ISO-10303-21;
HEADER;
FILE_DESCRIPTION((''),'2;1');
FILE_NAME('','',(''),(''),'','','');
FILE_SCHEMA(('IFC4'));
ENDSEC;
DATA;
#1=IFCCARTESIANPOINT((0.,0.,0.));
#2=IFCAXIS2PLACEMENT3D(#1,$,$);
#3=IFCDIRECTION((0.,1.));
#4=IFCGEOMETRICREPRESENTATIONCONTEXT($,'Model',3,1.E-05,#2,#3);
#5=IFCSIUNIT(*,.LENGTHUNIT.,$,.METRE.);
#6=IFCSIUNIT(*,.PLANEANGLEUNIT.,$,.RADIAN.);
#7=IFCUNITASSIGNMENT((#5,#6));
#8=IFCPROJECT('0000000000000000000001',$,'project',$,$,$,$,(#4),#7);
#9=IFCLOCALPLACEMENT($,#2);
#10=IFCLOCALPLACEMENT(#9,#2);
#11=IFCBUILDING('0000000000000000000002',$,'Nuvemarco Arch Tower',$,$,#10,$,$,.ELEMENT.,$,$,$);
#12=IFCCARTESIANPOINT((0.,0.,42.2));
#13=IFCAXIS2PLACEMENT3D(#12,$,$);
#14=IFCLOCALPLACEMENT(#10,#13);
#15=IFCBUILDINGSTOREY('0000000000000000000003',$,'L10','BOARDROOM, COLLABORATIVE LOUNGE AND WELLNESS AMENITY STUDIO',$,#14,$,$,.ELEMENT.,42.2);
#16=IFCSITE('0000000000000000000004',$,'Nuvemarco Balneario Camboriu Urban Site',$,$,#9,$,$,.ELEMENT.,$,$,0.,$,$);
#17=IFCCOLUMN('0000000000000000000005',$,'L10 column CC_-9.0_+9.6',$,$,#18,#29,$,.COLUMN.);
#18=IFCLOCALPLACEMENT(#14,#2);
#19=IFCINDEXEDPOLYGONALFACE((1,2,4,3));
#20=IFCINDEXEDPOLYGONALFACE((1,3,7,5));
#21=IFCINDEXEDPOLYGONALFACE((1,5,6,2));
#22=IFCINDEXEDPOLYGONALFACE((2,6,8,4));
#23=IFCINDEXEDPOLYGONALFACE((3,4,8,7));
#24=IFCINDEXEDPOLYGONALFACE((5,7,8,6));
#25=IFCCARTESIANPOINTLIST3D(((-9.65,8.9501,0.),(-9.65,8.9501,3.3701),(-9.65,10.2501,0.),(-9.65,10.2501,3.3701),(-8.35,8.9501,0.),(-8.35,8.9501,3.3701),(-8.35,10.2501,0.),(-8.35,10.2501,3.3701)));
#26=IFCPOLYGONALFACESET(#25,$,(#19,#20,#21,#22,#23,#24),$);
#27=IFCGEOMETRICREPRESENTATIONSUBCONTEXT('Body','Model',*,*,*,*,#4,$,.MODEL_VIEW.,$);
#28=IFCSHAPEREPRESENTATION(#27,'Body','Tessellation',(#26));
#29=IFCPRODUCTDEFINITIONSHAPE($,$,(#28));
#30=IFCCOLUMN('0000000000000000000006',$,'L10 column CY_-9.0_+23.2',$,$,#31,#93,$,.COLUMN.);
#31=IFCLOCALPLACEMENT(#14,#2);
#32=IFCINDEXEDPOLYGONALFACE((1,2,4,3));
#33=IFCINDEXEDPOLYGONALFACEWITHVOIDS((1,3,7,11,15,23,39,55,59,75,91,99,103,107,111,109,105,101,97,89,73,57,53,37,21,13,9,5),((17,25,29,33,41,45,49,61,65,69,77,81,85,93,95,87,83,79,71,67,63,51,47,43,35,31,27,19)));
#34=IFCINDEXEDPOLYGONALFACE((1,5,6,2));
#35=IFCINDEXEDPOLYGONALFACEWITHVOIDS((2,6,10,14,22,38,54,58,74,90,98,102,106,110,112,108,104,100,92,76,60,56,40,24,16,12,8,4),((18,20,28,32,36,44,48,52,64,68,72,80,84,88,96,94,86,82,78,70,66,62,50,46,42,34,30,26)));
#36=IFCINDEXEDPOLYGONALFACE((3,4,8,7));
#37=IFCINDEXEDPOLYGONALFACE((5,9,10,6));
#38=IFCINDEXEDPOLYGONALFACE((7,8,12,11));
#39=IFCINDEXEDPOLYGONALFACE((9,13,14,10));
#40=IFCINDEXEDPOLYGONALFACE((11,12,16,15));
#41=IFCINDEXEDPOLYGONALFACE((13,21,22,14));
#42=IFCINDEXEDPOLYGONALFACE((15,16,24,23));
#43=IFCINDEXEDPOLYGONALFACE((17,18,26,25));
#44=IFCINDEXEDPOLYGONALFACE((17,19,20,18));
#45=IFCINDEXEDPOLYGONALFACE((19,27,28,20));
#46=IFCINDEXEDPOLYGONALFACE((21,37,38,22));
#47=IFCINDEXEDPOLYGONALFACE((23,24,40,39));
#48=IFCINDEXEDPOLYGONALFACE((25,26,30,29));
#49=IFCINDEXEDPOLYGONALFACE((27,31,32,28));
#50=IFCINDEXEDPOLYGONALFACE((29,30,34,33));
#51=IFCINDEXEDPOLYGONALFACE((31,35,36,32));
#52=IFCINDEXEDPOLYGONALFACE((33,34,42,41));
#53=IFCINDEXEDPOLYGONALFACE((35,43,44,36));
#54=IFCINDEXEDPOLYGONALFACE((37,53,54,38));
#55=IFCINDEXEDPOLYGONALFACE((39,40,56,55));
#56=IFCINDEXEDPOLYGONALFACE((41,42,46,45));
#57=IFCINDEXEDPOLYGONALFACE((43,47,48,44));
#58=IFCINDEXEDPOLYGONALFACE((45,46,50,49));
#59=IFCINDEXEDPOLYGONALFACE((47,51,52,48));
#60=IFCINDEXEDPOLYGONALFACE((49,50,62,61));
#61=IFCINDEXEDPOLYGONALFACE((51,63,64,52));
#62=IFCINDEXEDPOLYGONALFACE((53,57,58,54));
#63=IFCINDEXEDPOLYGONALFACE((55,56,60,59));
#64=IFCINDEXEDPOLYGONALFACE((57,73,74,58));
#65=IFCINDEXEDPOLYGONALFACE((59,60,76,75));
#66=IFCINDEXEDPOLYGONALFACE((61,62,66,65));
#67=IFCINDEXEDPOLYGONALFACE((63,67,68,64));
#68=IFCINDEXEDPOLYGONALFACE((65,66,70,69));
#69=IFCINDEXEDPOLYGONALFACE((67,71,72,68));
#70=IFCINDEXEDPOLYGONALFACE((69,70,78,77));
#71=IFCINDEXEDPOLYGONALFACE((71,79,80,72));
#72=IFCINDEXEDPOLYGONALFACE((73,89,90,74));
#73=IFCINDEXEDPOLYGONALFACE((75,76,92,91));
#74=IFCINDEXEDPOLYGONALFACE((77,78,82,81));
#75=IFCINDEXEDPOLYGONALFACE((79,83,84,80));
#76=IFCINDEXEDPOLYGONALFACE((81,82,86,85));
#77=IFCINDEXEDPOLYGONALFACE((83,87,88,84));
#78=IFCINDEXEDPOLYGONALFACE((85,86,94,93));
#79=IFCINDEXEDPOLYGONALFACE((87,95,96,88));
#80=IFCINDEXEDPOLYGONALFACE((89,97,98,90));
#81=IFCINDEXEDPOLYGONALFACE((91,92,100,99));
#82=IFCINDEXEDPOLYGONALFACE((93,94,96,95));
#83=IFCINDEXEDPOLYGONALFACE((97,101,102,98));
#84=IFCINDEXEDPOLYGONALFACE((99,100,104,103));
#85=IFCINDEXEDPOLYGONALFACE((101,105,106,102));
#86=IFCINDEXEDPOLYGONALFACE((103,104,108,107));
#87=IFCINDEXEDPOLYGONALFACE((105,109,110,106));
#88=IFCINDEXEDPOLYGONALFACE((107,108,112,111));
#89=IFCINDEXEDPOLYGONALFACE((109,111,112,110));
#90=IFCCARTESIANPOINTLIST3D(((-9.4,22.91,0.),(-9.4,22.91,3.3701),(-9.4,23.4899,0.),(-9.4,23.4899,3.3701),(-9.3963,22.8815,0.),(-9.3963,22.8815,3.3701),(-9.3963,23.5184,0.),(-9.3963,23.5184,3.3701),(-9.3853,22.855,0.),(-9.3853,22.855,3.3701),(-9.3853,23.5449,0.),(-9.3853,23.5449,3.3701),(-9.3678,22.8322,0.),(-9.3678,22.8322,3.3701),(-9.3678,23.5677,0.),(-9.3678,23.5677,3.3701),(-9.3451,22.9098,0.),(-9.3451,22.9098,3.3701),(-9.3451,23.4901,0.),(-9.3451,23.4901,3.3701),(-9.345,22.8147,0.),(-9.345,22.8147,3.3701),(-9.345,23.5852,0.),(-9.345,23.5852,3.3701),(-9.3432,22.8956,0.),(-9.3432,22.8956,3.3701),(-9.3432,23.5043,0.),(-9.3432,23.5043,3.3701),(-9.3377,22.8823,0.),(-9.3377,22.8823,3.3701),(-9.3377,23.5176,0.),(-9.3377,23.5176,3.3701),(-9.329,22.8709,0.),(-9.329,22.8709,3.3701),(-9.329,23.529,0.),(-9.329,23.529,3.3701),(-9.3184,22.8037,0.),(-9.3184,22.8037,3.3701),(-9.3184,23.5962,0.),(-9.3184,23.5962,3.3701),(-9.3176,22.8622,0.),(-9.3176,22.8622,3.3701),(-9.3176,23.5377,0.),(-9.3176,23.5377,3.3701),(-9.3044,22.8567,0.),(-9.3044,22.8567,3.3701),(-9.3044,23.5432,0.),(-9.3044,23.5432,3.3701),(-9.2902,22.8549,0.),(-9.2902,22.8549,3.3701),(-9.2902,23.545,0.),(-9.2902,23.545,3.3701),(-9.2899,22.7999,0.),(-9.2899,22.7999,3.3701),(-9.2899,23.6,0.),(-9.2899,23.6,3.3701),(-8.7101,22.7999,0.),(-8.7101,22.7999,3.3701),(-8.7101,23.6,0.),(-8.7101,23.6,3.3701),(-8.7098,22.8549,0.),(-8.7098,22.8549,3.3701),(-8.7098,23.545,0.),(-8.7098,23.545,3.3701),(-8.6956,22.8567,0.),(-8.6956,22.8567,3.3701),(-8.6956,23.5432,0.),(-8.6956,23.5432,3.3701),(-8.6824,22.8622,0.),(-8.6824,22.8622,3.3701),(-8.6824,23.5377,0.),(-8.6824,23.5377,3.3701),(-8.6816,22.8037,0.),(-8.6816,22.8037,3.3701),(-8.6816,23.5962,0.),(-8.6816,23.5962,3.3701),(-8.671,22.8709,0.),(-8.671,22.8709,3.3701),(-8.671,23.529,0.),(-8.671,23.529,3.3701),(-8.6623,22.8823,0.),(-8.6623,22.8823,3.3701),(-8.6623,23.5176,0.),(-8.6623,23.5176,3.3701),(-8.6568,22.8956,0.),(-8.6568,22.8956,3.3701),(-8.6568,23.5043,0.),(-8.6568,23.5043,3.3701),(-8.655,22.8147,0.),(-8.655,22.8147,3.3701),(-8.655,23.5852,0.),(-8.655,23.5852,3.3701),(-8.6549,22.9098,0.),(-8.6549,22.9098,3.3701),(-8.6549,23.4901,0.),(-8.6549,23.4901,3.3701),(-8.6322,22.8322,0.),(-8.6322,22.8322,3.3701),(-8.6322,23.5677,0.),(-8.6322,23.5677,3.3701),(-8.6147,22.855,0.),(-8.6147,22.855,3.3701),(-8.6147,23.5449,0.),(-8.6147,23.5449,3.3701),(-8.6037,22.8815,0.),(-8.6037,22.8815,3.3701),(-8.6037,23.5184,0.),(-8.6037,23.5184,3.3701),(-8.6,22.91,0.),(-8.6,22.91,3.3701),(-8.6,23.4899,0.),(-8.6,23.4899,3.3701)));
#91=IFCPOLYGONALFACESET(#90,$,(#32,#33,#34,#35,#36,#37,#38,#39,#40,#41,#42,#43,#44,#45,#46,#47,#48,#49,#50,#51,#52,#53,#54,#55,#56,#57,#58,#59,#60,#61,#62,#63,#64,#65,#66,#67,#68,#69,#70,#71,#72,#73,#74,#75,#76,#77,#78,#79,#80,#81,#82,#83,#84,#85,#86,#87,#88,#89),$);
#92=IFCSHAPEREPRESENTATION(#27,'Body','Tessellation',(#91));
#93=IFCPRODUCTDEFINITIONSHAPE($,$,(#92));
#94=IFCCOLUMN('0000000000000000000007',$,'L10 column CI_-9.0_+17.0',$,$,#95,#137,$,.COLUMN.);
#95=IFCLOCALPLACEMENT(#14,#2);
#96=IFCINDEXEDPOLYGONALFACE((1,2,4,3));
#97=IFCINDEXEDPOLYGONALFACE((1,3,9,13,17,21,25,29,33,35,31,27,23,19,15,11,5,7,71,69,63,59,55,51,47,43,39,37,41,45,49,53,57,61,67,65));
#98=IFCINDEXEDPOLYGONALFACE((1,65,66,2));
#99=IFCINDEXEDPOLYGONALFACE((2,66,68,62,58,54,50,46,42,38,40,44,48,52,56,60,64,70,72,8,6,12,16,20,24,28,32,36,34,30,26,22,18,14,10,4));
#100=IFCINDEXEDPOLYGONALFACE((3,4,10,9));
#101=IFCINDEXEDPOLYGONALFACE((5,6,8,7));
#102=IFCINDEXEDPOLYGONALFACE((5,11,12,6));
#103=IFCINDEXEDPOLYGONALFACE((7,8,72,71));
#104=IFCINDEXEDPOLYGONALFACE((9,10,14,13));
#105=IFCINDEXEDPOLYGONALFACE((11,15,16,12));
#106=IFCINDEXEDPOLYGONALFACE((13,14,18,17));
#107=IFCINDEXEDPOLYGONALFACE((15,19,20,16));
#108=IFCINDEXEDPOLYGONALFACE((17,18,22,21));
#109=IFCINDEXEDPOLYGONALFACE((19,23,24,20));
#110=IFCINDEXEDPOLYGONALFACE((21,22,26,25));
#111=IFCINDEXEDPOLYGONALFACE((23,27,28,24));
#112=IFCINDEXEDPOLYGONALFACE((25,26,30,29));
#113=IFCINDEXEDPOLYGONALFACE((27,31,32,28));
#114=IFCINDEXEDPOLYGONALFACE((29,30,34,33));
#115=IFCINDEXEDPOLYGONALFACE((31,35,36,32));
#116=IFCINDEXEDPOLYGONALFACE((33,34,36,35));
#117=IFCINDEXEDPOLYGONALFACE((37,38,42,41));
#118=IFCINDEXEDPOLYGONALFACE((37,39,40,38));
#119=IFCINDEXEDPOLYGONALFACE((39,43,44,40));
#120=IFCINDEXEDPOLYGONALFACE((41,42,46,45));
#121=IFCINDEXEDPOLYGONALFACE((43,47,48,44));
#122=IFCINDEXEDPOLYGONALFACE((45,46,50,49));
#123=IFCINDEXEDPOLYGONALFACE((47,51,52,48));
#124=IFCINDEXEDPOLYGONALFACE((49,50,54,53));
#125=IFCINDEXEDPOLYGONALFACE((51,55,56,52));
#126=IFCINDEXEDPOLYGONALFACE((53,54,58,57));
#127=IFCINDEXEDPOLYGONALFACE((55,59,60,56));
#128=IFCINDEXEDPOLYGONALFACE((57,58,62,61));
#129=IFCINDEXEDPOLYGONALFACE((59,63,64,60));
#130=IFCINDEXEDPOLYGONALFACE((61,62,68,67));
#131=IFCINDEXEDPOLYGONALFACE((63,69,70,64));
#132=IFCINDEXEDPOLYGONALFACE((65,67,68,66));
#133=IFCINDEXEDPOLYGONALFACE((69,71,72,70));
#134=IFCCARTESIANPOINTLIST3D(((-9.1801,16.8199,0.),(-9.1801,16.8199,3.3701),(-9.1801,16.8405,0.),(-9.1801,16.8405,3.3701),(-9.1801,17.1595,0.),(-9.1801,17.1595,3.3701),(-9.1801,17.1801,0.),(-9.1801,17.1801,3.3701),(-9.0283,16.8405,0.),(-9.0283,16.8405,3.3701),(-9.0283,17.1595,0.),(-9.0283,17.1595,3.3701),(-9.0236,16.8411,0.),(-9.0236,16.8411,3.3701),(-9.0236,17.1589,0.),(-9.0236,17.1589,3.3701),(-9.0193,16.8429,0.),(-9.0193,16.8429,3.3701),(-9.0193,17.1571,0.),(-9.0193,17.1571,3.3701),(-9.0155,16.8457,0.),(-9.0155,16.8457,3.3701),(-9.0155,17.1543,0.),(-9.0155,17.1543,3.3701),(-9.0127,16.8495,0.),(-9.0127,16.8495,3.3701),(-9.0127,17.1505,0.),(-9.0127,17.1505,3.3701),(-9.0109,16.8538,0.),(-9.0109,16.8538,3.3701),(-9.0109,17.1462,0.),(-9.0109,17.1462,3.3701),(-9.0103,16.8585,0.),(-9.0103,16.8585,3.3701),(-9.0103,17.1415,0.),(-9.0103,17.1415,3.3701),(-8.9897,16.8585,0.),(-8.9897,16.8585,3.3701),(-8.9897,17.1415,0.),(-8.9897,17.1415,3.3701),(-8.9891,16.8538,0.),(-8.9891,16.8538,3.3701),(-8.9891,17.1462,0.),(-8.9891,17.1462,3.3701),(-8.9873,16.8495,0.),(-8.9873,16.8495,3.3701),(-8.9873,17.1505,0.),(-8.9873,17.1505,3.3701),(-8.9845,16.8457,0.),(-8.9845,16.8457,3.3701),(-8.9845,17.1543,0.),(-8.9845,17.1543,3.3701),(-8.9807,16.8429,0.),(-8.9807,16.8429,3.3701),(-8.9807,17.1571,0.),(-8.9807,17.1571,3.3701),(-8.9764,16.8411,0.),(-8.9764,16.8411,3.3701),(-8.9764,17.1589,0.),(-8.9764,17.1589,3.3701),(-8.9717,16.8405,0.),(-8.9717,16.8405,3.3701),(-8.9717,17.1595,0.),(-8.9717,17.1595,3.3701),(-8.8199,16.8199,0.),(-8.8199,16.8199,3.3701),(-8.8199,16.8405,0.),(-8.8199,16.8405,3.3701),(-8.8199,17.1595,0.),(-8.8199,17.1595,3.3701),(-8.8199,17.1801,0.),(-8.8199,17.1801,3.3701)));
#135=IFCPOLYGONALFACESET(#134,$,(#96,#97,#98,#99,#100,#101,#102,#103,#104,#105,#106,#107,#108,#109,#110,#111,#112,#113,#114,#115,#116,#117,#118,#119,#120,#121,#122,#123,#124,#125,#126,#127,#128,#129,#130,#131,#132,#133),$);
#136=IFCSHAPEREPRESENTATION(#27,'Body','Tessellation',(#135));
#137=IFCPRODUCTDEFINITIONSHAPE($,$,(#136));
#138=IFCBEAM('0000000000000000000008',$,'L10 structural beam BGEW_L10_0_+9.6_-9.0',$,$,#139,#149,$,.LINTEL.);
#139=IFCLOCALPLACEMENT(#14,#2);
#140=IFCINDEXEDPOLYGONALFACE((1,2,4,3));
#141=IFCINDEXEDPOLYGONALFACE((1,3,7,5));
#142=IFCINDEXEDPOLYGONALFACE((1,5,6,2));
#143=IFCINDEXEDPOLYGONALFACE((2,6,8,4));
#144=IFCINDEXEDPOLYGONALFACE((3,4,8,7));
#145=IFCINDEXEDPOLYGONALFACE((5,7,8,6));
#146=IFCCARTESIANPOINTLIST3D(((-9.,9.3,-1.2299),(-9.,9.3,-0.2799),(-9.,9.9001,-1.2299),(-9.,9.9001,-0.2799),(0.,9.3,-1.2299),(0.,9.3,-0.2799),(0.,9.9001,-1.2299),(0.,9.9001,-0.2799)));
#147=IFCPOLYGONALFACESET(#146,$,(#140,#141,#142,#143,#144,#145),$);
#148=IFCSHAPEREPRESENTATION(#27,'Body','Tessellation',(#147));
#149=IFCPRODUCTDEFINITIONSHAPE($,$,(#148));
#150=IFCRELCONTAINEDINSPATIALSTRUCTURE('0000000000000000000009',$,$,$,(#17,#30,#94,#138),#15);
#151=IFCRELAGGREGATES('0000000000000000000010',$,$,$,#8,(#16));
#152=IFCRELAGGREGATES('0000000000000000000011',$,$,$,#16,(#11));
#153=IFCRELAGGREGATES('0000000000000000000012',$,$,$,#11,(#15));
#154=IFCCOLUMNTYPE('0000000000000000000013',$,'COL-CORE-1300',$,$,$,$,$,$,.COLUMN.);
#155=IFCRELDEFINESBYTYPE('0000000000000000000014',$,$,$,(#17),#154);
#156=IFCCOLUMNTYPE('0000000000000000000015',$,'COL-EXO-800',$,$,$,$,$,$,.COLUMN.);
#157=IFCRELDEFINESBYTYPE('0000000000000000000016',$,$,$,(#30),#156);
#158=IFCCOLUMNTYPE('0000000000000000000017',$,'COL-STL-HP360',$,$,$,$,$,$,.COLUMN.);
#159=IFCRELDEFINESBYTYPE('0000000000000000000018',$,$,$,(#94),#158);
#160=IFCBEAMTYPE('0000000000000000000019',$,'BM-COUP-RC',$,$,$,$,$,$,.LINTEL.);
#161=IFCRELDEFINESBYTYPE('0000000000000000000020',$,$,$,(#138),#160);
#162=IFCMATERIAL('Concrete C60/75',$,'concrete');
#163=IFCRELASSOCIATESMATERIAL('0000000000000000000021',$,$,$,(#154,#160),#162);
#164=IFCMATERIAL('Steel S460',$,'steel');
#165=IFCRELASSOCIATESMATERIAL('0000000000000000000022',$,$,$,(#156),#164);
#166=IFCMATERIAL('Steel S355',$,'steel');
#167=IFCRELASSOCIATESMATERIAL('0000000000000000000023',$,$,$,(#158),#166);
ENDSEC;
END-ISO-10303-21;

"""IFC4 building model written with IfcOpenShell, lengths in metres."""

from ifc_helpers import new_model, si_unit, direction, frame, origin, origin_2d, place, context, subcontext, project, spatial, rectangle, hollow_rectangle, i_section, extrude, material, material_profile, profile_set, type_object, element, save


model = new_model("IFC4")

# Units and contexts
model_context = context("Model", 3, precision=1e-05, world=origin(), true_north=direction((0.0, 1.0)))
body_context = subcontext(model_context, "Body", "Model", "MODEL_VIEW")
ifc_project = project(units=[si_unit("LENGTHUNIT", "METRE"), si_unit("PLANEANGLEUNIT", "RADIAN")], contexts=[model_context])

# Site, building, storey
site_placement = place(None, origin())
site = spatial("IfcSite", under=ifc_project, at=site_placement, Name="Nuvemarco Balneario Camboriu Urban Site", CompositionType="ELEMENT", RefElevation=0.0)
building_placement = place(site_placement, origin())
building = spatial("IfcBuilding", under=site, at=building_placement, Name="Nuvemarco Arch Tower", CompositionType="ELEMENT")
storey_placement = place(building_placement, frame((0.0, 0.0, 42.2)))
storey = spatial("IfcBuildingStorey", under=building, at=storey_placement, Name="L10", Description="BOARDROOM, COLLABORATIVE LOUNGE AND WELLNESS AMENITY STUDIO", CompositionType="ELEMENT", Elevation=42.2)

# Columns
ifc_material_1 = material(Name="Concrete C60/75", Category="concrete")
ifc_material_profile_1 = material_profile(ifc_material_1, rectangle(XDim=1.3, YDim=1.3, at=origin_2d()), Name="RC-COL-1300x1300")
ifc_profile_set_1 = profile_set([ifc_material_profile_1], Name="Concrete C60/75")
column_type_1 = type_object("IfcColumnType", Name="COL-CORE-1300", PredefinedType="COLUMN", material=ifc_profile_set_1)
column_1_placement = place(storey_placement, frame((-9.0, 9.6001, 0.0), z_axis=(0.0, 0.0, 1.0), x_axis=(1.0, 0.0, 0.0)))
element("IfcColumn", 1, at=column_1_placement, inside=storey, type_object=column_type_1, Name="L10 column CC_-9.0_+9.6", PredefinedType="COLUMN", context=body_context, shape_type="SweptSolid", body=[
    extrude(rectangle(XDim=1.3, YDim=1.3, at=origin_2d()), origin(), (0.0, 0.0, 1.0), 3.3701),
])
ifc_material_2 = material(Name="Steel S460", Category="steel")
ifc_material_profile_2 = material_profile(ifc_material_2, hollow_rectangle(XDim=0.8, YDim=0.8, WallThickness=0.0549, InnerFilletRadius=0.0549, OuterFilletRadius=0.1101, at=origin_2d()), Name="SHS800x800x55")
ifc_profile_set_2 = profile_set([ifc_material_profile_2], Name="Steel S460")
column_type_2 = type_object("IfcColumnType", Name="COL-EXO-800", PredefinedType="COLUMN", material=ifc_profile_set_2)
column_2_placement = place(storey_placement, frame((-9.0, 23.2, 0.0), z_axis=(0.0, 0.0, 1.0), x_axis=(1.0, 0.0, 0.0)))
element("IfcColumn", 2, at=column_2_placement, inside=storey, type_object=column_type_2, Name="L10 column CY_-9.0_+23.2", PredefinedType="COLUMN", context=body_context, shape_type="SweptSolid", body=[
    extrude(hollow_rectangle(XDim=0.8, YDim=0.8, WallThickness=0.0549, InnerFilletRadius=0.0549, OuterFilletRadius=0.1101, at=origin_2d()), origin(), (0.0, 0.0, 1.0), 3.3701),
])
ifc_material_3 = material(Name="Steel S355", Category="steel")
ifc_material_profile_3 = material_profile(ifc_material_3, i_section(OverallWidth=0.3601, OverallDepth=0.3601, WebThickness=0.0205, FlangeThickness=0.0205, FilletRadius=0.0181, at=origin_2d()), Name="HP360x174")
ifc_profile_set_3 = profile_set([ifc_material_profile_3], Name="Steel S355")
column_type_3 = type_object("IfcColumnType", Name="COL-STL-HP360", PredefinedType="COLUMN", material=ifc_profile_set_3)
column_3_placement = place(storey_placement, frame((-9.0, 17.0, 0.0), z_axis=(0.0, 0.0, 1.0), x_axis=(1.0, 0.0, 0.0)))
element("IfcColumn", 3, at=column_3_placement, inside=storey, type_object=column_type_3, Name="L10 column CI_-9.0_+17.0", PredefinedType="COLUMN", context=body_context, shape_type="SweptSolid", body=[
    extrude(i_section(OverallWidth=0.3601, OverallDepth=0.3601, WebThickness=0.0205, FlangeThickness=0.0205, FilletRadius=0.0181, at=origin_2d()), origin(), (0.0, 0.0, 1.0), 3.3701),
])

# Beam
ifc_material_profile_4 = material_profile(ifc_material_1, rectangle(XDim=0.6001, YDim=0.95, at=origin_2d()), Name="RC-BM-600x950")
ifc_profile_set_4 = profile_set([ifc_material_profile_4], Name="Concrete C60/75")
beam_type_1 = type_object("IfcBeamType", Name="BM-COUP-RC", PredefinedType="LINTEL", material=ifc_profile_set_4)
beam_1_placement = place(storey_placement, frame((-9.0, 9.6001, -0.7549), z_axis=(1.0, 0.0, 0.0), x_axis=(0.0, 1.0, 0.0)))
element("IfcBeam", 4, at=beam_1_placement, inside=storey, type_object=beam_type_1, Name="L10 structural beam BGEW_L10_0_+9.6_-9.0", PredefinedType="LINTEL", context=body_context, shape_type="SweptSolid", body=[
    extrude(rectangle(XDim=0.6001, YDim=0.95, at=origin_2d()), origin(), (0.0, 0.0, 1.0), 9.0),
])

save(model, "model.ifc")
